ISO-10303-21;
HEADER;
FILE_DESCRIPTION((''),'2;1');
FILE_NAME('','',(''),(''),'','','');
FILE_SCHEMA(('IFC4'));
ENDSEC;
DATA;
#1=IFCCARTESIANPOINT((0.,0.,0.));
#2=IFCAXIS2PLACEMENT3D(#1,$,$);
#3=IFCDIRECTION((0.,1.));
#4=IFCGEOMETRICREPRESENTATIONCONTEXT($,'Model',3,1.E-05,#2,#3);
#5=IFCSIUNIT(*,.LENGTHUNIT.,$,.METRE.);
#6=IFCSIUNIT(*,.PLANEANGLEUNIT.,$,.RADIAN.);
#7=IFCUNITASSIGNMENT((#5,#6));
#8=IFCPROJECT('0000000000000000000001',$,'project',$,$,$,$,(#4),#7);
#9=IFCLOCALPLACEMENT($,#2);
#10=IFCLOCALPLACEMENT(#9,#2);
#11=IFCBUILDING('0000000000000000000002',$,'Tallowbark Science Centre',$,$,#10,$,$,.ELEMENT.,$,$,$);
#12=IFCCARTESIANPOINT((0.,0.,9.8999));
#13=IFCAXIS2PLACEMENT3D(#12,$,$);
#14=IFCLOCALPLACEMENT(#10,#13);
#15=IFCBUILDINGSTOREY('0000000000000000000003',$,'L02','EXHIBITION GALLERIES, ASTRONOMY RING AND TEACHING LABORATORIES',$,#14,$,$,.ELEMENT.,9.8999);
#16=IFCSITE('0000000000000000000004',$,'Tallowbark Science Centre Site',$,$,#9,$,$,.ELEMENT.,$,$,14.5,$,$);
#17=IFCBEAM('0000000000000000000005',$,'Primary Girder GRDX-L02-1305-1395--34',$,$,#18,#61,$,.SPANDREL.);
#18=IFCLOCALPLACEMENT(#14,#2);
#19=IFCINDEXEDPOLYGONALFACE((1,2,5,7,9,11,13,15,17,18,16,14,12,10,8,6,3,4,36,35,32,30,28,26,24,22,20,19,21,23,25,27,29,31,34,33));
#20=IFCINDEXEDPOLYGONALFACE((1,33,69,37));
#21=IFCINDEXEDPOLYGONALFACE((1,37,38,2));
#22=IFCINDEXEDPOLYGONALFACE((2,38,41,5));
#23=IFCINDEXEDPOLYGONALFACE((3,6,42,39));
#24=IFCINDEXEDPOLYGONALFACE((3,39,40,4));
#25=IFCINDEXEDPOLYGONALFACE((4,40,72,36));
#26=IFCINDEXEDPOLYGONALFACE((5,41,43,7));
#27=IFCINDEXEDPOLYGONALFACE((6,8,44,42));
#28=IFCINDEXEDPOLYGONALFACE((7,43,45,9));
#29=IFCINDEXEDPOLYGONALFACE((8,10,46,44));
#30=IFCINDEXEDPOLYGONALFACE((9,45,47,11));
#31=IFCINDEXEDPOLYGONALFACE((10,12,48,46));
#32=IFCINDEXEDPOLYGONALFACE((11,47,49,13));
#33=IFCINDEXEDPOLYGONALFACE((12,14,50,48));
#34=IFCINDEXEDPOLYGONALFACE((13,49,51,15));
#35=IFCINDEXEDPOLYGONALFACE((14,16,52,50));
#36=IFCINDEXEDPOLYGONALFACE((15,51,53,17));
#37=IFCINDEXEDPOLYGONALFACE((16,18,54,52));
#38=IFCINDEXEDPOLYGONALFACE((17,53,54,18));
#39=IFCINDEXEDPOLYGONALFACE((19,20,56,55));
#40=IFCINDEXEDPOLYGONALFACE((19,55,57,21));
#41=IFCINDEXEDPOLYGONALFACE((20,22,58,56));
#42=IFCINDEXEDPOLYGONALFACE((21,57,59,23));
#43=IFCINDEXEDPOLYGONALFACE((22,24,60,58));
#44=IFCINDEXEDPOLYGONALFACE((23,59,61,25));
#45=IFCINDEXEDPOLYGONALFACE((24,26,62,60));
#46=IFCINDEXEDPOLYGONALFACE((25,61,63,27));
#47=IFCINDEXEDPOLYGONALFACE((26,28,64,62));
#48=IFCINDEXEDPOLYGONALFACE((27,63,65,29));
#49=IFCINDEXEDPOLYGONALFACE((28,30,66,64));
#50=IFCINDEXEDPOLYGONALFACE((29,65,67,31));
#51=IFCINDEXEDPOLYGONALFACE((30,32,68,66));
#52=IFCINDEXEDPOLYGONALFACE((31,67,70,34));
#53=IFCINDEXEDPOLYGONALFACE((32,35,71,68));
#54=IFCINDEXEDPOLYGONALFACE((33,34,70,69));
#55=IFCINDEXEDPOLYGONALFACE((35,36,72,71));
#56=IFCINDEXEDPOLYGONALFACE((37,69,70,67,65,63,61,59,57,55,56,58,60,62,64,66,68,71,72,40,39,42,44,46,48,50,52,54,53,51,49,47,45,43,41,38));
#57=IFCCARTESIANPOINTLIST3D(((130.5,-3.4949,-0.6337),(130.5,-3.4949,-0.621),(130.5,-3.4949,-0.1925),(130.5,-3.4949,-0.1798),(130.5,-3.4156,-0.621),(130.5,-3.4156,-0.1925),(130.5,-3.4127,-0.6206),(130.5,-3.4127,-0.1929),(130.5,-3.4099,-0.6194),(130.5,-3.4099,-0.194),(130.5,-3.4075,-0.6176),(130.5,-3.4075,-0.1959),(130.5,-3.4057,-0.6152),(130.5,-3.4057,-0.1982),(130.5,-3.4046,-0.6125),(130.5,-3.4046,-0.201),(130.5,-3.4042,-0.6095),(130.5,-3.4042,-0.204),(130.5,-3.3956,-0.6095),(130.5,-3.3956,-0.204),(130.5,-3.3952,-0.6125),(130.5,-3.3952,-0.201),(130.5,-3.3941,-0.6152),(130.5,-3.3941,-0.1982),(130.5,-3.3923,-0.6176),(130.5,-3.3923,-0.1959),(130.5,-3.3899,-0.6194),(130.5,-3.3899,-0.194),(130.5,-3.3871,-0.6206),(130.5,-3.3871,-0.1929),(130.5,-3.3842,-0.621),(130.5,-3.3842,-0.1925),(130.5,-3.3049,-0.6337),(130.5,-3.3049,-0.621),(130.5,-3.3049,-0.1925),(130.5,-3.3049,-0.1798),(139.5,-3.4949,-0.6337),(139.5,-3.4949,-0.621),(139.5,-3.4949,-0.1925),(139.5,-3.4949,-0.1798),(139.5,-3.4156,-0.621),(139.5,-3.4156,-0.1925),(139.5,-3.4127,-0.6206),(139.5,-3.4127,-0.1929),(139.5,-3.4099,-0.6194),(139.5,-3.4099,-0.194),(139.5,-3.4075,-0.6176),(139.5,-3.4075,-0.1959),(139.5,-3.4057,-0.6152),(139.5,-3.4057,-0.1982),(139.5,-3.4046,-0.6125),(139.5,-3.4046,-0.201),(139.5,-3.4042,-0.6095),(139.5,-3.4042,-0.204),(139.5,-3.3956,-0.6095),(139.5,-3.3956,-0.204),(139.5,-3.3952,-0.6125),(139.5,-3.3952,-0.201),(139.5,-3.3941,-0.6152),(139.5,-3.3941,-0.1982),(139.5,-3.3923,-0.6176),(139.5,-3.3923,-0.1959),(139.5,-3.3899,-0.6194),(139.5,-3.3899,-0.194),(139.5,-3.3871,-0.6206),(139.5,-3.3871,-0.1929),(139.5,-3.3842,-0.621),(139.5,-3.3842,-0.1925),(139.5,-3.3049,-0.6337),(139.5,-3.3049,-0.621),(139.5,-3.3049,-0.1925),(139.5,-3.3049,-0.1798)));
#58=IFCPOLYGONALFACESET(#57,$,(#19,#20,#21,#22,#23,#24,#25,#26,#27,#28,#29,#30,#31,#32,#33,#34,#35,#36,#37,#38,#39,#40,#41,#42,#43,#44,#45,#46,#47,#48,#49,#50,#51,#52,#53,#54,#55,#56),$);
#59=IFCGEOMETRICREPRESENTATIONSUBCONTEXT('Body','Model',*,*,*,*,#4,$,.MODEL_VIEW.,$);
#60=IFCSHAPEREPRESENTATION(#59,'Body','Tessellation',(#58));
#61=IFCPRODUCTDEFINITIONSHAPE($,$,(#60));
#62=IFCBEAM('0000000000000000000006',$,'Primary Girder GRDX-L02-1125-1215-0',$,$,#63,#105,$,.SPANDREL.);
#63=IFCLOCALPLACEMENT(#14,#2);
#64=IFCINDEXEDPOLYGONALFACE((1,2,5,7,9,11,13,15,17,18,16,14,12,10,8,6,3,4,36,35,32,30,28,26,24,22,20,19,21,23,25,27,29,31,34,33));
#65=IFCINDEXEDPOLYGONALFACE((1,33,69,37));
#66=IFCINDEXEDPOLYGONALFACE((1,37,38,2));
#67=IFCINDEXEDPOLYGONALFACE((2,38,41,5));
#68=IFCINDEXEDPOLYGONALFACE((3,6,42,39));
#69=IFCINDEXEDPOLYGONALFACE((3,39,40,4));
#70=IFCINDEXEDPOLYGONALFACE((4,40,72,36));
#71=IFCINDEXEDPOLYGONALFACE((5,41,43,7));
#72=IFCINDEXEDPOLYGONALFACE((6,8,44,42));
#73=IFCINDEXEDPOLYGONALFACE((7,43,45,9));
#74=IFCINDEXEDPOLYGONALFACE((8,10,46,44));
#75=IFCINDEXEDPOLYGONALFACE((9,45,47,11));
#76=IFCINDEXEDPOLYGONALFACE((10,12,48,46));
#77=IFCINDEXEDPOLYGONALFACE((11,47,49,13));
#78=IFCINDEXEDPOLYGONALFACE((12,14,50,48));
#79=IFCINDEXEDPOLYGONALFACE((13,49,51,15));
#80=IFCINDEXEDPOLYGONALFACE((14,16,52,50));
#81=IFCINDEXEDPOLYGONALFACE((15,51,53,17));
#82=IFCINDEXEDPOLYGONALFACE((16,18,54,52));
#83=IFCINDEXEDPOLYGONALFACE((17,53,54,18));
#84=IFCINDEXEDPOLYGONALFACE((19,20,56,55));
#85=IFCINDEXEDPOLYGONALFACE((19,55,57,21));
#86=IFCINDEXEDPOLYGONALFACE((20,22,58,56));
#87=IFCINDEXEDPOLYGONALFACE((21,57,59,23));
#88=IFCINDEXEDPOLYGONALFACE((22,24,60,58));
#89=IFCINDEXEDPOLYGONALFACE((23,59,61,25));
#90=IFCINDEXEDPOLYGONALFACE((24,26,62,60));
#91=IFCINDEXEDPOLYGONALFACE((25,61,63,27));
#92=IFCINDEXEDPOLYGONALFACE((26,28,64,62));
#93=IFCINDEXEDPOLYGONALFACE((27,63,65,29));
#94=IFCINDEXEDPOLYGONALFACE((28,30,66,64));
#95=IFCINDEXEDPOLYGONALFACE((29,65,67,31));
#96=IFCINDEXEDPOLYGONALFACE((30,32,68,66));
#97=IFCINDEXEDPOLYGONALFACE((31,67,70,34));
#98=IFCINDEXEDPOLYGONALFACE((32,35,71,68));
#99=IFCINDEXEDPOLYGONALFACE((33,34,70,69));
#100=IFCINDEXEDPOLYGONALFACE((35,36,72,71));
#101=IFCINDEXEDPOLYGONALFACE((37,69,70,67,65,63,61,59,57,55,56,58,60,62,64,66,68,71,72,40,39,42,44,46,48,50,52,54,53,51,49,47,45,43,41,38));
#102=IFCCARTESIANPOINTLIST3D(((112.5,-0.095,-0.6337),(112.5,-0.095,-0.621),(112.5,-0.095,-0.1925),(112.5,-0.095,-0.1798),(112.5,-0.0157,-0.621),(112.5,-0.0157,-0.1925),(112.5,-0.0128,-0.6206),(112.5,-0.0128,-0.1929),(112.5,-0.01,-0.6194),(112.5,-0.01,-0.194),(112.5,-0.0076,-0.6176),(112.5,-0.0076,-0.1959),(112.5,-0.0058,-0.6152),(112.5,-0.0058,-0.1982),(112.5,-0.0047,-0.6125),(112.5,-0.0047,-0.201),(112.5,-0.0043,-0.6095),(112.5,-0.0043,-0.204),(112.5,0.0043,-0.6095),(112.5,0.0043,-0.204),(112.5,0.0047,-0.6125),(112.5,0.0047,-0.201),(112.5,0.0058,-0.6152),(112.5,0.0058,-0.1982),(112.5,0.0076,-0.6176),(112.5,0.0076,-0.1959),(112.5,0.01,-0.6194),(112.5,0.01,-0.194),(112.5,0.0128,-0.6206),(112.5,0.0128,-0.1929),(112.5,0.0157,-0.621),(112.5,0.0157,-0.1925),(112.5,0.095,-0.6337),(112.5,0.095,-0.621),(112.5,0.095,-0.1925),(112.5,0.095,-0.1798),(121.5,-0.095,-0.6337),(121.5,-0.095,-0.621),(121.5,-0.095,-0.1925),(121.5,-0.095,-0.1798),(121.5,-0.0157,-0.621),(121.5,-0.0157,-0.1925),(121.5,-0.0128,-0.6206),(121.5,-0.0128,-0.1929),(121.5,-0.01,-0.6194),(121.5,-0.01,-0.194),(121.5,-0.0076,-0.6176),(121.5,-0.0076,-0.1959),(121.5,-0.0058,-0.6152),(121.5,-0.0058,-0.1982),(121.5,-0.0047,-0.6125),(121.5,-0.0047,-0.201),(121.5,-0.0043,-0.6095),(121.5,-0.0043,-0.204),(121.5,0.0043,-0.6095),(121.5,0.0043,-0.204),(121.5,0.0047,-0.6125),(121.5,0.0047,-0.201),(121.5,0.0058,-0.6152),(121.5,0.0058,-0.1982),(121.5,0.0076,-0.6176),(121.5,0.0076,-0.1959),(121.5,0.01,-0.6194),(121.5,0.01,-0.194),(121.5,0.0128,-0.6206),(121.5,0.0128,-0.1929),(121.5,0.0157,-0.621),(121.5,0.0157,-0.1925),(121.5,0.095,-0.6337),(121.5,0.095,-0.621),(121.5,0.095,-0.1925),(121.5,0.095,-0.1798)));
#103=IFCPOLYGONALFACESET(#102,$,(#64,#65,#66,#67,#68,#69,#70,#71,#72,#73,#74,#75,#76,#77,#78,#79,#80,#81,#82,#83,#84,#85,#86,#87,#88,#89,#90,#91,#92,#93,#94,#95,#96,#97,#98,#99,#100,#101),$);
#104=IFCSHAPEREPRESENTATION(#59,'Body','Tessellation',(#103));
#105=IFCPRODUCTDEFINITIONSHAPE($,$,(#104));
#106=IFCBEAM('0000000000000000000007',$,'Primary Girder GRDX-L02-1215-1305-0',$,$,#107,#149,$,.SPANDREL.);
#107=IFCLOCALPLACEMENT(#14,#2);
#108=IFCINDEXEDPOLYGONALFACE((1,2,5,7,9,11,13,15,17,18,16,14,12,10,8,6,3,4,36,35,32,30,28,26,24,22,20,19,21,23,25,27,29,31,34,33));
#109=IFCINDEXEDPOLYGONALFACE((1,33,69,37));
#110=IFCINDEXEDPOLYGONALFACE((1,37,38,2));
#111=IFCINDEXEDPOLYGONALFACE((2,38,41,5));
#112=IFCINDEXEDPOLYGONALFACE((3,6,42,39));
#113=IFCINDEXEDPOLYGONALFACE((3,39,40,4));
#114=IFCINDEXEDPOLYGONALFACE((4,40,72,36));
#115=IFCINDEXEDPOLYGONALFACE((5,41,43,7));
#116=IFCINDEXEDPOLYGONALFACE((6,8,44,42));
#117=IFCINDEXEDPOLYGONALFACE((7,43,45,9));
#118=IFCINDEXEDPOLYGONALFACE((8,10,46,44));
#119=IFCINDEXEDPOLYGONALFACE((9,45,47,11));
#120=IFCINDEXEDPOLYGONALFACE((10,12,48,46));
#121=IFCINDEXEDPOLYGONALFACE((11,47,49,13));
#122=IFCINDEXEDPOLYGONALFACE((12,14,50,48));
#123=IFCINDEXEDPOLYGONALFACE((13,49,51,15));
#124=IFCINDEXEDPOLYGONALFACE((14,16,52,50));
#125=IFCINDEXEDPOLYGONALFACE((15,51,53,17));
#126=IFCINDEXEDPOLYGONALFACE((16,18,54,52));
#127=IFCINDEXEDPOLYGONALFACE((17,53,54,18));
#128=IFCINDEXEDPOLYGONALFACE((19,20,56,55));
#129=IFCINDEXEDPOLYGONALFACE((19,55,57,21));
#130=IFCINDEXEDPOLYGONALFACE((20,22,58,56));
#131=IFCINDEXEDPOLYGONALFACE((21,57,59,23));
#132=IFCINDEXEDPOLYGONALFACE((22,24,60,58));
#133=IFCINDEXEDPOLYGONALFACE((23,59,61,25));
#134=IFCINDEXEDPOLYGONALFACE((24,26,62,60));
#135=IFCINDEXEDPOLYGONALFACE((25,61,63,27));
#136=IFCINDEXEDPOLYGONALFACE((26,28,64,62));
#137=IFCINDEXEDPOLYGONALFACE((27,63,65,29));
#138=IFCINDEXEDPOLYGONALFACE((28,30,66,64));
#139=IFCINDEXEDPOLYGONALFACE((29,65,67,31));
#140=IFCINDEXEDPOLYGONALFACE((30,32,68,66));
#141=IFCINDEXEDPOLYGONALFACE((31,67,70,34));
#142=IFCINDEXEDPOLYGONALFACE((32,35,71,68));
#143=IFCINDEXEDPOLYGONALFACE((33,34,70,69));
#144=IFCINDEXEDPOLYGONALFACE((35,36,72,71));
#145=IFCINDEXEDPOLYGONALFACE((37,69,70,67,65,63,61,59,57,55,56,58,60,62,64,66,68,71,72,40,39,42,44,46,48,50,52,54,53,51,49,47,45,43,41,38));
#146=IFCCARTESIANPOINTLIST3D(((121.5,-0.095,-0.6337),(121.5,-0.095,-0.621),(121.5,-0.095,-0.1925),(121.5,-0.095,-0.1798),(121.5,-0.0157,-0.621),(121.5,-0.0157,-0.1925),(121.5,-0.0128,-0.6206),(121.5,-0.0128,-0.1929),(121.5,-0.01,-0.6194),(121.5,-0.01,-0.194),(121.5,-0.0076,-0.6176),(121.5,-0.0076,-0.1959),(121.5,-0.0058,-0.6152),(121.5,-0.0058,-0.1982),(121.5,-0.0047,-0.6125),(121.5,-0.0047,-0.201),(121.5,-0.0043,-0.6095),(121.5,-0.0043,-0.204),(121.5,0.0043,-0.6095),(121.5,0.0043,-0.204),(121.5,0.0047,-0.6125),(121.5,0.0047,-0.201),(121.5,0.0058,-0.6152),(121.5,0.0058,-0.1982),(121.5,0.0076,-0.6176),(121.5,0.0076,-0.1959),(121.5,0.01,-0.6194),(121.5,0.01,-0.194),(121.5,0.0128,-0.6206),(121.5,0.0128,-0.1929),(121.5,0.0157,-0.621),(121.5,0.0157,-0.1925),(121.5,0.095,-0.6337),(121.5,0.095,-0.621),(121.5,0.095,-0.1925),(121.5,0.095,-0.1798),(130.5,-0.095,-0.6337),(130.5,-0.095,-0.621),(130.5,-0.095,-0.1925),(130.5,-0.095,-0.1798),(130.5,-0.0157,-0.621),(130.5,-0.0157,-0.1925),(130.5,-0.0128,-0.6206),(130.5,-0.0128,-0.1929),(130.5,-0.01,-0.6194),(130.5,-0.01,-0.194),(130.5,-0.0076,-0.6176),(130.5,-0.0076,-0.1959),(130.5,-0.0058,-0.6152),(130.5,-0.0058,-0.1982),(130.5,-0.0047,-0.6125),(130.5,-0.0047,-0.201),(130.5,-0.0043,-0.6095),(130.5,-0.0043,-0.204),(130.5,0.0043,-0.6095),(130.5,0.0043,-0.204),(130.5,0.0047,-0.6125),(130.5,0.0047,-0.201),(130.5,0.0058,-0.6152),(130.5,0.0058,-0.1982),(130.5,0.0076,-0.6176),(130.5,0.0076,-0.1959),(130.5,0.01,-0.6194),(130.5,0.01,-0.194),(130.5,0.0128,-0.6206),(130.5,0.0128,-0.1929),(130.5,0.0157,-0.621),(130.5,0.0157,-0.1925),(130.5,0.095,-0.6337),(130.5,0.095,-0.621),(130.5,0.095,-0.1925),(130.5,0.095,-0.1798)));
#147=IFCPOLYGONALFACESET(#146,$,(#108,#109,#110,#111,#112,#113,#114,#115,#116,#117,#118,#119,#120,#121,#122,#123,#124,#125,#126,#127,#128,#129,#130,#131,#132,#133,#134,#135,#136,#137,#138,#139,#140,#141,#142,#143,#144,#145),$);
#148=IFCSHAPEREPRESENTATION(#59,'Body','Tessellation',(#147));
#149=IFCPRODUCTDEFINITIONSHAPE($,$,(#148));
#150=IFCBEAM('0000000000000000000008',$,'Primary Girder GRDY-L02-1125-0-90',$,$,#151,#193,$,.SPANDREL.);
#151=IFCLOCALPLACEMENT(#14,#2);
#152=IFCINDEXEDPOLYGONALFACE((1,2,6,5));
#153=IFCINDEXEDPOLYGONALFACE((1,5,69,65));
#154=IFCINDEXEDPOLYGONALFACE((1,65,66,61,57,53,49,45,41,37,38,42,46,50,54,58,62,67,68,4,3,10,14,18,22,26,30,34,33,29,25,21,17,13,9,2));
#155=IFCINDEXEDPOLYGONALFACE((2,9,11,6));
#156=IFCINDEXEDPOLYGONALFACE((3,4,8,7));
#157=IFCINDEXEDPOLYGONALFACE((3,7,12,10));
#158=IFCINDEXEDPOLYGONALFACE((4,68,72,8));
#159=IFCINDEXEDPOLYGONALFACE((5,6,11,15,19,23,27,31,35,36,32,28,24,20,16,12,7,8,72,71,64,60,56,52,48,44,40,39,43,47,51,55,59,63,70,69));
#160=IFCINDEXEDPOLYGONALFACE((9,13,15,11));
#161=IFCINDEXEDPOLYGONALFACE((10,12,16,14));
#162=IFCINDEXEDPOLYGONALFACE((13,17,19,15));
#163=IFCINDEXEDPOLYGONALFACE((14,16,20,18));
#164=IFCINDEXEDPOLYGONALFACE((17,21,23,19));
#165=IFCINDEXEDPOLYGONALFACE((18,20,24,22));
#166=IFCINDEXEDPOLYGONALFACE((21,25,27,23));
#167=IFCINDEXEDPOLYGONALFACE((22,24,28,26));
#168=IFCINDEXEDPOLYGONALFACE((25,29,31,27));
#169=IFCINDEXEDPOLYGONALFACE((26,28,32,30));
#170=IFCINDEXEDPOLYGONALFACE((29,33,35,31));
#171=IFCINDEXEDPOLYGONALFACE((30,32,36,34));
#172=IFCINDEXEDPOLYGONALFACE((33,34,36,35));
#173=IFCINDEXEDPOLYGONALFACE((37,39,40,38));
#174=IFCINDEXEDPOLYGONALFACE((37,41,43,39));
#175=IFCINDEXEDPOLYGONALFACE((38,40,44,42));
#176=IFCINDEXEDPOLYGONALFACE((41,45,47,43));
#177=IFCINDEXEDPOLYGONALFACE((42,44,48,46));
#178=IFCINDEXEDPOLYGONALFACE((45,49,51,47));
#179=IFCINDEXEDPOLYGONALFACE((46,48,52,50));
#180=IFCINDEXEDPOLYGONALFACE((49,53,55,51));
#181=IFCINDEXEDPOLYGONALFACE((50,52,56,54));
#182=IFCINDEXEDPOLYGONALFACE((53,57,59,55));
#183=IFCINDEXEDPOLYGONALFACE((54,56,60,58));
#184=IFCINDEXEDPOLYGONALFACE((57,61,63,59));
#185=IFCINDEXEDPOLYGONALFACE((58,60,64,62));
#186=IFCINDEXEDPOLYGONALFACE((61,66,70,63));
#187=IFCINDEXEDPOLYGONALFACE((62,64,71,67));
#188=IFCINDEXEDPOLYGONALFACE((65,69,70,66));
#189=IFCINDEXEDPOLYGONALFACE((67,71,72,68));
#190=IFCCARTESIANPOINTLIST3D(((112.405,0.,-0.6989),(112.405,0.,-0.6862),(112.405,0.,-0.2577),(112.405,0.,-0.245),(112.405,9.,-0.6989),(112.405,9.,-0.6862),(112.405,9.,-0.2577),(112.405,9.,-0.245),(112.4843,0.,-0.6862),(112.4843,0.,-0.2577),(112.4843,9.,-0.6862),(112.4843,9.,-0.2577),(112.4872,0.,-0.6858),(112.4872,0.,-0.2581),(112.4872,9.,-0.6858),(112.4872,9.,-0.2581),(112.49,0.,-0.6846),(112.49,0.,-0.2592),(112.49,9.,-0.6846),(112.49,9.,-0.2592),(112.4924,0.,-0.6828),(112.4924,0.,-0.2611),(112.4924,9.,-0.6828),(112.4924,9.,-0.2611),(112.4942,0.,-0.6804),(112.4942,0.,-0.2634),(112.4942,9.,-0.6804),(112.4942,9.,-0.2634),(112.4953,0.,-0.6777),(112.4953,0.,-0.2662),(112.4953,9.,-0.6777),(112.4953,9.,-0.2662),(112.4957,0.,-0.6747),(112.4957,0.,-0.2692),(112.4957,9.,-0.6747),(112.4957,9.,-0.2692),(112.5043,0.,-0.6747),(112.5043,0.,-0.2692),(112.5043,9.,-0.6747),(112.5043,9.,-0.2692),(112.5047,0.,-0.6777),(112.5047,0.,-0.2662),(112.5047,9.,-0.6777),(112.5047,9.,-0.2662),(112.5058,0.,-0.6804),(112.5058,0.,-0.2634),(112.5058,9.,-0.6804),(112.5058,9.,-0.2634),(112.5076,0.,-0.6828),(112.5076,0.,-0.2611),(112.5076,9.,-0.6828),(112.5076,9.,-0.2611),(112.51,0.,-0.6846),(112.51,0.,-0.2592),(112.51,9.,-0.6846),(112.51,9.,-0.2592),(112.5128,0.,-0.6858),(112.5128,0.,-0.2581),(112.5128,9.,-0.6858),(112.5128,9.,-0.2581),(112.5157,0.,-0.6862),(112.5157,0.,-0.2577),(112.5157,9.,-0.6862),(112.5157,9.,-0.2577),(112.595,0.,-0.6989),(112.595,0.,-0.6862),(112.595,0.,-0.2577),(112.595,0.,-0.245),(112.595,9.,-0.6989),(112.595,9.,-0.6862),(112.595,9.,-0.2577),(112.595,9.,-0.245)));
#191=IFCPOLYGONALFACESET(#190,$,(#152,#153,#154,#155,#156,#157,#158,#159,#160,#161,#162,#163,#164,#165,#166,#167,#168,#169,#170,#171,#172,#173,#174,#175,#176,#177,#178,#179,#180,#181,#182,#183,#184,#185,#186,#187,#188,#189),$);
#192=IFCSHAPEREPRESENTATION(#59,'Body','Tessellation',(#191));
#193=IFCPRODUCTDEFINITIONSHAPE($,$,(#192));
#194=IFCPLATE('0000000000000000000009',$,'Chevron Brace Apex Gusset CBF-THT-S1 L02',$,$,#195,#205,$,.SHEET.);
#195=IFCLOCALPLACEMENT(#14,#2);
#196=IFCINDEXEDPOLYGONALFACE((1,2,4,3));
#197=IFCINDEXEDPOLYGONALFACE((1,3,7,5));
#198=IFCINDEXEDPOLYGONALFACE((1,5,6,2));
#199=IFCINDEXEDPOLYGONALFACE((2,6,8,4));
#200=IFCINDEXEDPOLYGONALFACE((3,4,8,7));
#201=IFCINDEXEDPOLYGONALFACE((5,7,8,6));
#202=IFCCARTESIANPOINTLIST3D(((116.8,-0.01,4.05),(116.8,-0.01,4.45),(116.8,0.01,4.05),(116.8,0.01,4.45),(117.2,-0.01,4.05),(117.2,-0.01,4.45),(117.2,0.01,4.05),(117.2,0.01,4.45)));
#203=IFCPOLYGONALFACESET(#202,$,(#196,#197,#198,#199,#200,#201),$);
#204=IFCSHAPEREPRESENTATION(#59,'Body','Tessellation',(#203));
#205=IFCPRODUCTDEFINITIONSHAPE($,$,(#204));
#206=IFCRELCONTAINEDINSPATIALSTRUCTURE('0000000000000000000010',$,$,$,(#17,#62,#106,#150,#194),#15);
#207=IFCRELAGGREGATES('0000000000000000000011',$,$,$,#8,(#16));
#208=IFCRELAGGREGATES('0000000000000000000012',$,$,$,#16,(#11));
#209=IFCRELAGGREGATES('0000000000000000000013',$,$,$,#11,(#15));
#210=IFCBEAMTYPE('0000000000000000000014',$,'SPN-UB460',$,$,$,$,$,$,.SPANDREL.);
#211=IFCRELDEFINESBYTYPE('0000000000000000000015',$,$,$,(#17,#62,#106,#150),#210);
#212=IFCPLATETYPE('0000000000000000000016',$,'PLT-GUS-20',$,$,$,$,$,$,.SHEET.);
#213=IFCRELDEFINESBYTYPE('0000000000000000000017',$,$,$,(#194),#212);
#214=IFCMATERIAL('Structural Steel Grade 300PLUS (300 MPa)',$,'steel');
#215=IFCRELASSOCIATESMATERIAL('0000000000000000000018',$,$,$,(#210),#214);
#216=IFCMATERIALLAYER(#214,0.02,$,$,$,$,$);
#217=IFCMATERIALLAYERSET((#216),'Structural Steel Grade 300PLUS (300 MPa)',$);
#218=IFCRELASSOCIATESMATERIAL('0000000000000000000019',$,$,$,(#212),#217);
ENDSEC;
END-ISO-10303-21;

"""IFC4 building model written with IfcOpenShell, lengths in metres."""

from ifc_helpers import new_model, si_unit, direction, frame, origin, origin_2d, place, context, subcontext, project, spatial, rectangle, i_section, extrude, material, layer, layer_set, material_profile, profile_set, type_object, element, save


model = new_model("IFC4")

# Units and contexts
model_context = context("Model", 3, precision=1e-05, world=origin(), true_north=direction((0.0, 1.0)))
body_context = subcontext(model_context, "Body", "Model", "MODEL_VIEW")
ifc_project = project(units=[si_unit("LENGTHUNIT", "METRE"), si_unit("PLANEANGLEUNIT", "RADIAN")], contexts=[model_context])

# Site, building, storey
site_placement = place(None, origin())
site = spatial("IfcSite", under=ifc_project, at=site_placement, Name="Tallowbark Science Centre Site", CompositionType="ELEMENT", RefElevation=14.5)
building_placement = place(site_placement, origin())
building = spatial("IfcBuilding", under=site, at=building_placement, Name="Tallowbark Science Centre", CompositionType="ELEMENT")
storey_placement = place(building_placement, frame((0.0, 0.0, 9.8999)))
storey = spatial("IfcBuildingStorey", under=building, at=storey_placement, Name="L02", Description="EXHIBITION GALLERIES, ASTRONOMY RING AND TEACHING LABORATORIES", CompositionType="ELEMENT", Elevation=9.8999)

# Shared definitions
ifc_material_1 = material(Name="Structural Steel Grade 300PLUS (300 MPa)", Category="steel")

# Beams
ifc_material_profile_1 = material_profile(ifc_material_1, i_section(OverallWidth=0.1899, OverallDepth=0.4539, WebThickness=0.0085, FlangeThickness=0.0127, FilletRadius=0.0115, at=origin_2d()), Name="460UB67.1")
ifc_profile_set_1 = profile_set([ifc_material_profile_1], Name="Structural Steel Grade 300PLUS (300 MPa)")
beam_type_1 = type_object("IfcBeamType", Name="SPN-UB460", PredefinedType="SPANDREL", material=ifc_profile_set_1)
for number, where, z_axis, x_axis, name in (
    (1, (130.5, -3.3999, -0.4067), (1.0, 0.0, 0.0), (0.0, 1.0, 0.0), "Primary Girder GRDX-L02-1305-1395--34"),
    (2, (112.5, 0.0, -0.4067), (1.0, 0.0, 0.0), (0.0, 1.0, 0.0), "Primary Girder GRDX-L02-1125-1215-0"),
    (3, (121.5, 0.0, -0.4067), (1.0, 0.0, 0.0), (0.0, 1.0, 0.0), "Primary Girder GRDX-L02-1215-1305-0"),
    (4, (112.5, 0.0, -0.4719), (0.0, 1.0, 0.0), (-1.0, 0.0, 0.0), "Primary Girder GRDY-L02-1125-0-90"),
):
    element("IfcBeam", number, at=place(storey_placement, frame(where, z_axis=z_axis, x_axis=x_axis)), inside=storey, type_object=beam_type_1, Name=name, PredefinedType="SPANDREL", context=body_context, shape_type="SweptSolid", body=[
        extrude(i_section(OverallWidth=0.1899, OverallDepth=0.4539, WebThickness=0.0085, FlangeThickness=0.0127, FilletRadius=0.0115, at=origin_2d()), origin(), (0.0, 0.0, 1.0), 9.0),
    ])

# Plate
ifc_layer_1 = layer(ifc_material_1, 0.02)
ifc_layer_set_1 = layer_set([ifc_layer_1], Name="Structural Steel Grade 300PLUS (300 MPa)")
plate_type = type_object("IfcPlateType", Name="PLT-GUS-20", PredefinedType="SHEET", material=ifc_layer_set_1)
plate_placement = place(storey_placement, frame((117.0, 0.0, 4.05), z_axis=(0.0, 0.0, 1.0), x_axis=(1.0, 0.0, 0.0)))
element("IfcPlate", 5, at=plate_placement, inside=storey, type_object=plate_type, Name="Chevron Brace Apex Gusset CBF-THT-S1 L02", PredefinedType="SHEET", context=body_context, shape_type="SweptSolid", body=[
    extrude(rectangle(XDim=0.3999, YDim=0.02, at=origin_2d()), origin(), (0.0, 0.0, 1.0), 0.3999),
])

save(model, "model.ifc")
